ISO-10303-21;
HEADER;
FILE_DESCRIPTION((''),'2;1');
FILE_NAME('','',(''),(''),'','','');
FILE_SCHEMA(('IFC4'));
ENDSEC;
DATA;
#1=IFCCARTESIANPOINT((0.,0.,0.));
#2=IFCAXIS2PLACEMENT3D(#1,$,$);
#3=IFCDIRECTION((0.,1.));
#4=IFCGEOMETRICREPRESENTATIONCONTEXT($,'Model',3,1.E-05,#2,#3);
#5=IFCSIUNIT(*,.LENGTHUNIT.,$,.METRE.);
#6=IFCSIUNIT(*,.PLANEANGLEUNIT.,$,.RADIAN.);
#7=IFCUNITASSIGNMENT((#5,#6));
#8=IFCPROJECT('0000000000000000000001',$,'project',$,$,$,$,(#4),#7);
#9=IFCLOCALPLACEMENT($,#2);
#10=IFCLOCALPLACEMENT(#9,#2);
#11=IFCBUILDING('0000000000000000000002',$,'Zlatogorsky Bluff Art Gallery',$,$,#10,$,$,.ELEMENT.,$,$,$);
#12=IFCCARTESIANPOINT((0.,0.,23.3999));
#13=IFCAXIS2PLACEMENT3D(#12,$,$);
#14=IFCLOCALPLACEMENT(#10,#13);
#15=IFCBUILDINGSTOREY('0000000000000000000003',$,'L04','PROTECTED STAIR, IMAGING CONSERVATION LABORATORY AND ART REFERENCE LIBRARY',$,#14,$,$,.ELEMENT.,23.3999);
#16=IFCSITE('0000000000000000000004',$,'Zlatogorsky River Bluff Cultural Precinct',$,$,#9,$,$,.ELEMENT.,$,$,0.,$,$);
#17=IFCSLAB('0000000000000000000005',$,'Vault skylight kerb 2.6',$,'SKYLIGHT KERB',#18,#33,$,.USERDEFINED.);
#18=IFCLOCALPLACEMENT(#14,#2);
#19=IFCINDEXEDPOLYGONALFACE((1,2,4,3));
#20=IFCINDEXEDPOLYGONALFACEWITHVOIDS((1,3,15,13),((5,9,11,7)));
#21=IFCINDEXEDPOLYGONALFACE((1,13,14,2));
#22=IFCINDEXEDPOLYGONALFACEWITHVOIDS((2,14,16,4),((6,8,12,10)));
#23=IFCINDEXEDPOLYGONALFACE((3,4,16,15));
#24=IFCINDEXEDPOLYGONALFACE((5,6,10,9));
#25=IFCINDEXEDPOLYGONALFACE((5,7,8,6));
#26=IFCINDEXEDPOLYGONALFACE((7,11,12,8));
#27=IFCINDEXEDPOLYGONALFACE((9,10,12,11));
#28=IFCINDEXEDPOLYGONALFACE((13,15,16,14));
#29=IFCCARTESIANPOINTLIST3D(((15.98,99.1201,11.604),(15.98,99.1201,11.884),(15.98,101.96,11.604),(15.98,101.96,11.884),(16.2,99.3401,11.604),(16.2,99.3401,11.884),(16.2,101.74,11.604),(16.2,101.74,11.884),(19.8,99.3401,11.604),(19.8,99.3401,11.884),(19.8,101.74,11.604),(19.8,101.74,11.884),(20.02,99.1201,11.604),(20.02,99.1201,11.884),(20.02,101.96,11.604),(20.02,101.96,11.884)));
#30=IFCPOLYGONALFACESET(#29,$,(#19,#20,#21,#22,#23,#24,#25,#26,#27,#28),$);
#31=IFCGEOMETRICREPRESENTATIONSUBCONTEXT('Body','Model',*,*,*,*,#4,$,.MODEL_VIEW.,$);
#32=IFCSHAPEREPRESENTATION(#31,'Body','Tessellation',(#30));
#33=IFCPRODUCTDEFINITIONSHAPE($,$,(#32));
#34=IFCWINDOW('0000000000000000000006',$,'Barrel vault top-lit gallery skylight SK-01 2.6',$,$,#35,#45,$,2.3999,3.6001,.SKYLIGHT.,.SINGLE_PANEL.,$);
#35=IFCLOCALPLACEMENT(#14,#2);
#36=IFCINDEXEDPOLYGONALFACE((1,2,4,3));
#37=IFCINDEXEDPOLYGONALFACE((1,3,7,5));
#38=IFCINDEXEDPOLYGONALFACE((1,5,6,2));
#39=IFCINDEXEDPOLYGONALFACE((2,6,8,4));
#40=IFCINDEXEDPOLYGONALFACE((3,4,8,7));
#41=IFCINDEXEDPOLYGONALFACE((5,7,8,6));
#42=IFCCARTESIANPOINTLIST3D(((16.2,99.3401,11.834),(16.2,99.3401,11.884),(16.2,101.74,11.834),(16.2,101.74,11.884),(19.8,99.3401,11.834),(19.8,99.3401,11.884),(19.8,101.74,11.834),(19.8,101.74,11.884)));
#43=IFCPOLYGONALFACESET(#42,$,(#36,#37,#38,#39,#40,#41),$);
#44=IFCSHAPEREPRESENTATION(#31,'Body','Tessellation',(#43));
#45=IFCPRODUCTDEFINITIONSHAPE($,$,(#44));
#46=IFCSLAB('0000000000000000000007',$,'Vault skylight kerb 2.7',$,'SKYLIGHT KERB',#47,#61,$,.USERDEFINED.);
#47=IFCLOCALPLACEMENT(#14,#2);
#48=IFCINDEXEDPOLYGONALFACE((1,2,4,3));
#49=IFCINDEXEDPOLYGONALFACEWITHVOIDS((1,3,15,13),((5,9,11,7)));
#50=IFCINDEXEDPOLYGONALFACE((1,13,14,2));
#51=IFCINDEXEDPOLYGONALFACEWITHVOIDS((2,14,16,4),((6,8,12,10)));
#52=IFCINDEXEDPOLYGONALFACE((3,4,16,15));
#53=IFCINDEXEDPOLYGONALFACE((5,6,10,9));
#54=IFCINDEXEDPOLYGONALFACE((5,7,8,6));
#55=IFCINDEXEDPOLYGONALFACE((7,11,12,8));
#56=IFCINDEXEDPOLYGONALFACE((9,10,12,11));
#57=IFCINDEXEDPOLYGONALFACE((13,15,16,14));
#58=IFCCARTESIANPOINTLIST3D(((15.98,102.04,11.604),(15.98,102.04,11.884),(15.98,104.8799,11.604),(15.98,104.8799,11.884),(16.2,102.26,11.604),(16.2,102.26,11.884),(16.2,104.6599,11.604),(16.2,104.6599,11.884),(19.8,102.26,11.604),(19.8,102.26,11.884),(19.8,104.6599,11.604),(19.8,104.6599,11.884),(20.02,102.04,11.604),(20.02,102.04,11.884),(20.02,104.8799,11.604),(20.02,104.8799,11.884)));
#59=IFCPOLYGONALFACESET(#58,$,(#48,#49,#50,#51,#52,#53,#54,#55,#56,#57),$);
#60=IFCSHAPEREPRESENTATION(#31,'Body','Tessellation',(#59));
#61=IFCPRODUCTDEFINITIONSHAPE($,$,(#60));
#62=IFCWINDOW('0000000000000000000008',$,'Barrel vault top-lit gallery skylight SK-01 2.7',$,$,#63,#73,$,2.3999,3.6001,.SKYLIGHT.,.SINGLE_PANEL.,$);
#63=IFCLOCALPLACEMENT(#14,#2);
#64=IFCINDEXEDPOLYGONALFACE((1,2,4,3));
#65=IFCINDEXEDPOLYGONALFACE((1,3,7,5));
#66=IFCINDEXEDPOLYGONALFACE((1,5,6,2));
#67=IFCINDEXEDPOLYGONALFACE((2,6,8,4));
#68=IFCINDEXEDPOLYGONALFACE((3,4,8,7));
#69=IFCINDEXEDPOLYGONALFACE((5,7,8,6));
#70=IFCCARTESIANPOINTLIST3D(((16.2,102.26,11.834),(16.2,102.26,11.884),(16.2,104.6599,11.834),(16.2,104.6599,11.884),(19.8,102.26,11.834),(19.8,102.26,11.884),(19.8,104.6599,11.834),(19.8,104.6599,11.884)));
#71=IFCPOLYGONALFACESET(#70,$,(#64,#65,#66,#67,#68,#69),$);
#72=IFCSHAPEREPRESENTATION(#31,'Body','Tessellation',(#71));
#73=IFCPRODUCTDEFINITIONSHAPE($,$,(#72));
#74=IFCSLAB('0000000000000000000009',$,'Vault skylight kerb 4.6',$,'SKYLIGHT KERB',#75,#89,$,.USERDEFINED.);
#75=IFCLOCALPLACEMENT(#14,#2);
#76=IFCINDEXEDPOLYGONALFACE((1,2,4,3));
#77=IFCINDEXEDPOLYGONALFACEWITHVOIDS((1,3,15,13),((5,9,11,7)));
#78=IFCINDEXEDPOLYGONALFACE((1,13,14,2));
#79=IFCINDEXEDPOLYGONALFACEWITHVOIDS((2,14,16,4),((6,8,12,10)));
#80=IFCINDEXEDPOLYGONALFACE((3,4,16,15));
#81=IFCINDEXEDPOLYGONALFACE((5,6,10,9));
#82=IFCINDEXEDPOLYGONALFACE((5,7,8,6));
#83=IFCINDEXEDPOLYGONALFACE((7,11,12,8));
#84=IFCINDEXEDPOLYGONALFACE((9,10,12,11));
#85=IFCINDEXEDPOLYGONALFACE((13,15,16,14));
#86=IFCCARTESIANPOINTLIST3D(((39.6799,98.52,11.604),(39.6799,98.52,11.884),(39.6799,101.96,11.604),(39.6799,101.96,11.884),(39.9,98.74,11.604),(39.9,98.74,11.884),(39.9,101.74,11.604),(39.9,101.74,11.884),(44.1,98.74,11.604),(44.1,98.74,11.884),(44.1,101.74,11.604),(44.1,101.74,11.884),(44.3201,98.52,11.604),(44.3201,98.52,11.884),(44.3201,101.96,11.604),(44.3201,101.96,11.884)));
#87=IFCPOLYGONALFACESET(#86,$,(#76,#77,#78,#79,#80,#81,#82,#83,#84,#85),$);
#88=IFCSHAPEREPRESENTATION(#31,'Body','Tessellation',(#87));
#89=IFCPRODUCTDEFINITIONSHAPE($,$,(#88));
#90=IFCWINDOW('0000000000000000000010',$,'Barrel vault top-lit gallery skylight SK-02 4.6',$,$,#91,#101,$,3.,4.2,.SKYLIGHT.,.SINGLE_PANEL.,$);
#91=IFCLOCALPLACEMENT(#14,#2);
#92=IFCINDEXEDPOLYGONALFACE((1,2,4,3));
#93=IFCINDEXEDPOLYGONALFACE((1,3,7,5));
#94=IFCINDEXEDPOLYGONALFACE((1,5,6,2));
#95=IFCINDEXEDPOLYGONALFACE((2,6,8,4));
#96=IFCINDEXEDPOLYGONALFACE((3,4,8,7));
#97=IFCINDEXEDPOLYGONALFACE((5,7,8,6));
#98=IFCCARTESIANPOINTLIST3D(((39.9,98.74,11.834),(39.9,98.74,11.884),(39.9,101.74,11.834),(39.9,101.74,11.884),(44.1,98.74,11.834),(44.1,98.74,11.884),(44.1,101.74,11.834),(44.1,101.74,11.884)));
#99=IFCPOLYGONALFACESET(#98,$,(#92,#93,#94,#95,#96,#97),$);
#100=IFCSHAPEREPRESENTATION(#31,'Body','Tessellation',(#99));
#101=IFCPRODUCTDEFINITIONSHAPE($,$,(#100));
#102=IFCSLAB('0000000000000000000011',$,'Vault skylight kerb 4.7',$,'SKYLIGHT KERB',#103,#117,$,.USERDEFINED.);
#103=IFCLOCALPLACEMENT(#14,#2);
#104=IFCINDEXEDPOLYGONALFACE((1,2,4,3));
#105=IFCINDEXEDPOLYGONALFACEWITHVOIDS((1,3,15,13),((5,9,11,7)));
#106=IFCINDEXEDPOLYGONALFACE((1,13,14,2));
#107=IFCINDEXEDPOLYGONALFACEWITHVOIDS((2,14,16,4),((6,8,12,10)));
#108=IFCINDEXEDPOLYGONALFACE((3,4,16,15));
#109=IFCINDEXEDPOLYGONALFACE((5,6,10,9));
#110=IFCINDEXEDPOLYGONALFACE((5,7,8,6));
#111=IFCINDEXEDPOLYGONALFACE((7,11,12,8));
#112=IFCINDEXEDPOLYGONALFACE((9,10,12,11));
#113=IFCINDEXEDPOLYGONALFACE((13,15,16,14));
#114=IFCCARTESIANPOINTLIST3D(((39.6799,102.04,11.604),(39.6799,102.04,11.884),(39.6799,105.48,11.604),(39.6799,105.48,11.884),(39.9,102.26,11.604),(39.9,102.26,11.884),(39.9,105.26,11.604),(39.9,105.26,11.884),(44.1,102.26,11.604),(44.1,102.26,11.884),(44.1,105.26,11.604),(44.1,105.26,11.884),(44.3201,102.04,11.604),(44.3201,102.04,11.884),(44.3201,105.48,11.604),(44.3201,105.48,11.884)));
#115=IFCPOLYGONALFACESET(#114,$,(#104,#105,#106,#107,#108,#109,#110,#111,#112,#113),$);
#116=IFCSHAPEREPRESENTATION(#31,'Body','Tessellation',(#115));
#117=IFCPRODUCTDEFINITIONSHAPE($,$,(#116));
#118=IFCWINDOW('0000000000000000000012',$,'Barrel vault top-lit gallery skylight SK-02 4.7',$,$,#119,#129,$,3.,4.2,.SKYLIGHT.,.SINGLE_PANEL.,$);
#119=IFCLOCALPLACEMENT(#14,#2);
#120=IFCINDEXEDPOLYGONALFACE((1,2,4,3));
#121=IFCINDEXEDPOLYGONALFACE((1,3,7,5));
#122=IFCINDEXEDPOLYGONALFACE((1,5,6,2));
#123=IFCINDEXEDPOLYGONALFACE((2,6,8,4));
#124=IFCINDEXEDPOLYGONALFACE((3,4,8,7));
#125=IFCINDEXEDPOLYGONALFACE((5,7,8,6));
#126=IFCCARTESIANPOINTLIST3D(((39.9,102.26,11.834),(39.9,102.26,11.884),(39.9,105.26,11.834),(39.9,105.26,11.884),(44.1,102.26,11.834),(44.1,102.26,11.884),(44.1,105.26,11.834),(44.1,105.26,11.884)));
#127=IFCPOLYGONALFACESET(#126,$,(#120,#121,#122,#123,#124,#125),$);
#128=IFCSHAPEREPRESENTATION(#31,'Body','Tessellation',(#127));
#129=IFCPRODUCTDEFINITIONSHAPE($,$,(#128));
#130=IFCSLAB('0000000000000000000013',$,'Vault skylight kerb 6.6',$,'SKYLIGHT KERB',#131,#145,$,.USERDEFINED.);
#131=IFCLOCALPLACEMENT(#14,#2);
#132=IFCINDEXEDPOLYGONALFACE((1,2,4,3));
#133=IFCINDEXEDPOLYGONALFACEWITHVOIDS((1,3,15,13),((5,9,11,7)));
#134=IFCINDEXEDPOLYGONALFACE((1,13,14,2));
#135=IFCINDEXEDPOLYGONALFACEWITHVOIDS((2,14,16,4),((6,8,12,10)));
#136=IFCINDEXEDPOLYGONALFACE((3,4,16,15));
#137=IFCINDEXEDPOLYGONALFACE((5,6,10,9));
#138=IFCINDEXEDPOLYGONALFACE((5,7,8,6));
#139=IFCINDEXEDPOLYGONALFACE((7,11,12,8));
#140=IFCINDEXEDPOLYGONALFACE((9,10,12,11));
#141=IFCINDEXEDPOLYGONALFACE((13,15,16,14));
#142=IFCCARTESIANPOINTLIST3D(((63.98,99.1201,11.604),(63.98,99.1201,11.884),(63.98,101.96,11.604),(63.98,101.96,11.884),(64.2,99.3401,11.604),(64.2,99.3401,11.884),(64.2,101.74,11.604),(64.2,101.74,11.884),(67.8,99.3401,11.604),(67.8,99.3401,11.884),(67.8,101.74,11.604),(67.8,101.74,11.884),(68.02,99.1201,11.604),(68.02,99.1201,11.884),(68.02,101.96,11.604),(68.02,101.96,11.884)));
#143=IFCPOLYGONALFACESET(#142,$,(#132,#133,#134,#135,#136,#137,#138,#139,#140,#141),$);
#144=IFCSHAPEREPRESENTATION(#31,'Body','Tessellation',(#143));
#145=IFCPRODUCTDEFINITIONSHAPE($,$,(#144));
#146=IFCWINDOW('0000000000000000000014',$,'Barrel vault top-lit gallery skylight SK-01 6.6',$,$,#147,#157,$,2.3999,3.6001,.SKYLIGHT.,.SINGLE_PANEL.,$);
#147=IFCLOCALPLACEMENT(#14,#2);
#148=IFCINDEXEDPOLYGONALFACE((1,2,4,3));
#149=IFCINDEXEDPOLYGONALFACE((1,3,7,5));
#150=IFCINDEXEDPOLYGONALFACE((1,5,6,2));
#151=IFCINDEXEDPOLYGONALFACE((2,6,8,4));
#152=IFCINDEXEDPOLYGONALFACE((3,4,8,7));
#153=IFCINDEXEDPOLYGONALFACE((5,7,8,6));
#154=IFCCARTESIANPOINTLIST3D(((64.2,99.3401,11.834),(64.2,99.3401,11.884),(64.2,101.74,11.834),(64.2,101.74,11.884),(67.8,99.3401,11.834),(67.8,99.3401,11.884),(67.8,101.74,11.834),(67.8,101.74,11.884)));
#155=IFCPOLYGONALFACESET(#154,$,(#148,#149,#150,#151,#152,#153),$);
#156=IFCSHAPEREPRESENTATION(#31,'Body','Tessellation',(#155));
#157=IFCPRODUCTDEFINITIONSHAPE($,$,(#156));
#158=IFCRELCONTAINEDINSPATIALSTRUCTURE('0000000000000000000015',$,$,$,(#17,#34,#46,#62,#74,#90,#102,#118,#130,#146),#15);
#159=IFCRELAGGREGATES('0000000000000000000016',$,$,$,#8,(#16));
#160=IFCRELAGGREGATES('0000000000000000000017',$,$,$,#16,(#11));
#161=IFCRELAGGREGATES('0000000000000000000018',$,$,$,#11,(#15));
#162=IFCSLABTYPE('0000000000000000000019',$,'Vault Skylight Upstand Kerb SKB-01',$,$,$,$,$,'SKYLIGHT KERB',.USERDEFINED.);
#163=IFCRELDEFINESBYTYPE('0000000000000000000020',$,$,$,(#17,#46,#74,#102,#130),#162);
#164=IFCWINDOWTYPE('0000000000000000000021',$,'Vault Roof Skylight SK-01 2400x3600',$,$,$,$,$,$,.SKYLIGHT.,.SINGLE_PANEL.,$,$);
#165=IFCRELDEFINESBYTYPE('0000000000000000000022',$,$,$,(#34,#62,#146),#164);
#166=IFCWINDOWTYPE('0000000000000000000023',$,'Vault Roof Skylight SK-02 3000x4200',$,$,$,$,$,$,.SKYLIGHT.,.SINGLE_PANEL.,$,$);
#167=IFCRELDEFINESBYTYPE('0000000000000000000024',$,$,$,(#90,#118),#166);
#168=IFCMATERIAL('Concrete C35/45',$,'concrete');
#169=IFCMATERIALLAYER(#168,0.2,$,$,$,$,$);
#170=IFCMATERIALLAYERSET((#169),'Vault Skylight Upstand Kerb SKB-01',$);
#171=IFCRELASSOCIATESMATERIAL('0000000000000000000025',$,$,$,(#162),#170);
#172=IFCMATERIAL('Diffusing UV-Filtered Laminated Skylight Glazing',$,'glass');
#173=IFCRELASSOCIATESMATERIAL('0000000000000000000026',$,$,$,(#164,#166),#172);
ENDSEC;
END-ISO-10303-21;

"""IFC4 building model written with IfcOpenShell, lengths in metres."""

from ifc_helpers import new_model, si_unit, direction, frame, origin, origin_2d, place, context, subcontext, project, spatial, polyline, rectangle, outline, extrude, material, layer, layer_set, type_object, element, fill, save


model = new_model("IFC4")

# Units and contexts
model_context = context("Model", 3, precision=1e-05, world=origin(), true_north=direction((0.0, 1.0)))
body_context = subcontext(model_context, "Body", "Model", "MODEL_VIEW")
ifc_project = project(units=[si_unit("LENGTHUNIT", "METRE"), si_unit("PLANEANGLEUNIT", "RADIAN")], contexts=[model_context])

# Site, building, storey
site_placement = place(None, origin())
site = spatial("IfcSite", under=ifc_project, at=site_placement, Name="Zlatogorsky River Bluff Cultural Precinct", CompositionType="ELEMENT", RefElevation=0.0)
building_placement = place(site_placement, origin())
building = spatial("IfcBuilding", under=site, at=building_placement, Name="Zlatogorsky Bluff Art Gallery", CompositionType="ELEMENT")
storey_placement = place(building_placement, frame((0.0, 0.0, 23.3999)))
storey = spatial("IfcBuildingStorey", under=building, at=storey_placement, Name="L04", Description="PROTECTED STAIR, IMAGING CONSERVATION LABORATORY AND ART REFERENCE LIBRARY", CompositionType="ELEMENT", Elevation=23.3999)

# Slabs, openings, windows
ifc_material_1 = material(Name="Concrete C35/45", Category="concrete")
ifc_layer_1 = layer(ifc_material_1, 0.2)
ifc_layer_set_1 = layer_set([ifc_layer_1], Name="Vault Skylight Upstand Kerb SKB-01")
slab_type = type_object("IfcSlabType", Name="Vault Skylight Upstand Kerb SKB-01", ElementType="SKYLIGHT KERB", PredefinedType="USERDEFINED", material=ifc_layer_set_1)
slab_1_placement = place(storey_placement, frame((0.0, 0.0, 11.604)))
slab_1 = element("IfcSlab", 1, at=slab_1_placement, inside=storey, type_object=slab_type, Name="Vault skylight kerb 2.6", ObjectType="SKYLIGHT KERB", PredefinedType="USERDEFINED", context=body_context, shape_type="SweptSolid", body=[
    extrude(outline(polyline([(15.98, 99.1201), (20.02, 99.1201), (20.02, 101.96), (15.98, 101.96), (15.98, 99.1201)])), origin(), (0.0, 0.0, 1.0), 0.28),
])
opening_1_placement = place(slab_1_placement, frame((18.0, 100.54, 0.0)))
opening_1 = element("IfcOpeningElement", 2, at=opening_1_placement, cuts=slab_1, PredefinedType="OPENING", context=body_context, shape_type="SweptSolid", body=[
    extrude(rectangle(XDim=3.6001, YDim=2.3999, at=origin_2d()), origin(), (0.0, 0.0, 1.0), 0.28),
])
ifc_material_2 = material(Name="Diffusing UV-Filtered Laminated Skylight Glazing", Category="glass")
window_type_1 = type_object("IfcWindowType", Name="Vault Roof Skylight SK-01 2400x3600", PartitioningType="SINGLE_PANEL", PredefinedType="SKYLIGHT", material=ifc_material_2)
window_1_placement = place(opening_1_placement, frame((0.0, 0.0, 0.23)))
window_1 = element("IfcWindow", 3, at=window_1_placement, inside=storey, type_object=window_type_1, Name="Barrel vault top-lit gallery skylight SK-01 2.6", OverallHeight=2.3999, OverallWidth=3.6001, PartitioningType="SINGLE_PANEL", PredefinedType="SKYLIGHT", context=body_context, shape_type="SweptSolid", body=[
    extrude(rectangle(XDim=3.6001, YDim=2.3999, at=origin_2d()), origin(), (0.0, 0.0, 1.0), 0.05),
])
fill(opening_1, window_1)
slab_2_placement = place(storey_placement, frame((0.0, 0.0, 11.604)))
slab_2 = element("IfcSlab", 4, at=slab_2_placement, inside=storey, type_object=slab_type, Name="Vault skylight kerb 2.7", ObjectType="SKYLIGHT KERB", PredefinedType="USERDEFINED", context=body_context, shape_type="SweptSolid", body=[
    extrude(outline(polyline([(15.98, 102.04), (20.02, 102.04), (20.02, 104.8799), (15.98, 104.8799), (15.98, 102.04)])), origin(), (0.0, 0.0, 1.0), 0.28),
])
opening_2_placement = place(slab_2_placement, frame((18.0, 103.46, 0.0)))
opening_2 = element("IfcOpeningElement", 5, at=opening_2_placement, cuts=slab_2, PredefinedType="OPENING", context=body_context, shape_type="SweptSolid", body=[
    extrude(rectangle(XDim=3.6001, YDim=2.3999, at=origin_2d()), origin(), (0.0, 0.0, 1.0), 0.28),
])
window_2_placement = place(opening_2_placement, frame((0.0, 0.0, 0.23)))
window_2 = element("IfcWindow", 6, at=window_2_placement, inside=storey, type_object=window_type_1, Name="Barrel vault top-lit gallery skylight SK-01 2.7", OverallHeight=2.3999, OverallWidth=3.6001, PartitioningType="SINGLE_PANEL", PredefinedType="SKYLIGHT", context=body_context, shape_type="SweptSolid", body=[
    extrude(rectangle(XDim=3.6001, YDim=2.3999, at=origin_2d()), origin(), (0.0, 0.0, 1.0), 0.05),
])
fill(opening_2, window_2)
slab_3_placement = place(storey_placement, frame((0.0, 0.0, 11.604)))
slab_3 = element("IfcSlab", 7, at=slab_3_placement, inside=storey, type_object=slab_type, Name="Vault skylight kerb 4.6", ObjectType="SKYLIGHT KERB", PredefinedType="USERDEFINED", context=body_context, shape_type="SweptSolid", body=[
    extrude(outline(polyline([(39.6799, 98.52), (44.3201, 98.52), (44.3201, 101.96), (39.6799, 101.96), (39.6799, 98.52)])), origin(), (0.0, 0.0, 1.0), 0.28),
])
opening_3_placement = place(slab_3_placement, frame((42.0, 100.24, 0.0)))
opening_3 = element("IfcOpeningElement", 8, at=opening_3_placement, cuts=slab_3, PredefinedType="OPENING", context=body_context, shape_type="SweptSolid", body=[
    extrude(rectangle(XDim=4.2, YDim=3.0, at=origin_2d()), origin(), (0.0, 0.0, 1.0), 0.28),
])
window_type_2 = type_object("IfcWindowType", Name="Vault Roof Skylight SK-02 3000x4200", PartitioningType="SINGLE_PANEL", PredefinedType="SKYLIGHT", material=ifc_material_2)
window_3_placement = place(opening_3_placement, frame((0.0, 0.0, 0.23)))
window_3 = element("IfcWindow", 9, at=window_3_placement, inside=storey, type_object=window_type_2, Name="Barrel vault top-lit gallery skylight SK-02 4.6", OverallHeight=3.0, OverallWidth=4.2, PartitioningType="SINGLE_PANEL", PredefinedType="SKYLIGHT", context=body_context, shape_type="SweptSolid", body=[
    extrude(rectangle(XDim=4.2, YDim=3.0, at=origin_2d()), origin(), (0.0, 0.0, 1.0), 0.05),
])
fill(opening_3, window_3)
slab_4_placement = place(storey_placement, frame((0.0, 0.0, 11.604)))
slab_4 = element("IfcSlab", 10, at=slab_4_placement, inside=storey, type_object=slab_type, Name="Vault skylight kerb 4.7", ObjectType="SKYLIGHT KERB", PredefinedType="USERDEFINED", context=body_context, shape_type="SweptSolid", body=[
    extrude(outline(polyline([(39.6799, 102.04), (44.3201, 102.04), (44.3201, 105.48), (39.6799, 105.48), (39.6799, 102.04)])), origin(), (0.0, 0.0, 1.0), 0.28),
])
opening_4_placement = place(slab_4_placement, frame((42.0, 103.76, 0.0)))
opening_4 = element("IfcOpeningElement", 11, at=opening_4_placement, cuts=slab_4, PredefinedType="OPENING", context=body_context, shape_type="SweptSolid", body=[
    extrude(rectangle(XDim=4.2, YDim=3.0, at=origin_2d()), origin(), (0.0, 0.0, 1.0), 0.28),
])
window_4_placement = place(opening_4_placement, frame((0.0, 0.0, 0.23)))
window_4 = element("IfcWindow", 12, at=window_4_placement, inside=storey, type_object=window_type_2, Name="Barrel vault top-lit gallery skylight SK-02 4.7", OverallHeight=3.0, OverallWidth=4.2, PartitioningType="SINGLE_PANEL", PredefinedType="SKYLIGHT", context=body_context, shape_type="SweptSolid", body=[
    extrude(rectangle(XDim=4.2, YDim=3.0, at=origin_2d()), origin(), (0.0, 0.0, 1.0), 0.05),
])
fill(opening_4, window_4)
slab_5_placement = place(storey_placement, frame((0.0, 0.0, 11.604)))
slab_5 = element("IfcSlab", 13, at=slab_5_placement, inside=storey, type_object=slab_type, Name="Vault skylight kerb 6.6", ObjectType="SKYLIGHT KERB", PredefinedType="USERDEFINED", context=body_context, shape_type="SweptSolid", body=[
    extrude(outline(polyline([(63.98, 99.1201), (68.02, 99.1201), (68.02, 101.96), (63.98, 101.96), (63.98, 99.1201)])), origin(), (0.0, 0.0, 1.0), 0.28),
])
opening_5_placement = place(slab_5_placement, frame((66.0, 100.54, 0.0)))
opening_5 = element("IfcOpeningElement", 14, at=opening_5_placement, cuts=slab_5, PredefinedType="OPENING", context=body_context, shape_type="SweptSolid", body=[
    extrude(rectangle(XDim=3.6001, YDim=2.3999, at=origin_2d()), origin(), (0.0, 0.0, 1.0), 0.28),
])
window_5_placement = place(opening_5_placement, frame((0.0, 0.0, 0.23)))
window_5 = element("IfcWindow", 15, at=window_5_placement, inside=storey, type_object=window_type_1, Name="Barrel vault top-lit gallery skylight SK-01 6.6", OverallHeight=2.3999, OverallWidth=3.6001, PartitioningType="SINGLE_PANEL", PredefinedType="SKYLIGHT", context=body_context, shape_type="SweptSolid", body=[
    extrude(rectangle(XDim=3.6001, YDim=2.3999, at=origin_2d()), origin(), (0.0, 0.0, 1.0), 0.05),
])
fill(opening_5, window_5)

save(model, "model.ifc")
